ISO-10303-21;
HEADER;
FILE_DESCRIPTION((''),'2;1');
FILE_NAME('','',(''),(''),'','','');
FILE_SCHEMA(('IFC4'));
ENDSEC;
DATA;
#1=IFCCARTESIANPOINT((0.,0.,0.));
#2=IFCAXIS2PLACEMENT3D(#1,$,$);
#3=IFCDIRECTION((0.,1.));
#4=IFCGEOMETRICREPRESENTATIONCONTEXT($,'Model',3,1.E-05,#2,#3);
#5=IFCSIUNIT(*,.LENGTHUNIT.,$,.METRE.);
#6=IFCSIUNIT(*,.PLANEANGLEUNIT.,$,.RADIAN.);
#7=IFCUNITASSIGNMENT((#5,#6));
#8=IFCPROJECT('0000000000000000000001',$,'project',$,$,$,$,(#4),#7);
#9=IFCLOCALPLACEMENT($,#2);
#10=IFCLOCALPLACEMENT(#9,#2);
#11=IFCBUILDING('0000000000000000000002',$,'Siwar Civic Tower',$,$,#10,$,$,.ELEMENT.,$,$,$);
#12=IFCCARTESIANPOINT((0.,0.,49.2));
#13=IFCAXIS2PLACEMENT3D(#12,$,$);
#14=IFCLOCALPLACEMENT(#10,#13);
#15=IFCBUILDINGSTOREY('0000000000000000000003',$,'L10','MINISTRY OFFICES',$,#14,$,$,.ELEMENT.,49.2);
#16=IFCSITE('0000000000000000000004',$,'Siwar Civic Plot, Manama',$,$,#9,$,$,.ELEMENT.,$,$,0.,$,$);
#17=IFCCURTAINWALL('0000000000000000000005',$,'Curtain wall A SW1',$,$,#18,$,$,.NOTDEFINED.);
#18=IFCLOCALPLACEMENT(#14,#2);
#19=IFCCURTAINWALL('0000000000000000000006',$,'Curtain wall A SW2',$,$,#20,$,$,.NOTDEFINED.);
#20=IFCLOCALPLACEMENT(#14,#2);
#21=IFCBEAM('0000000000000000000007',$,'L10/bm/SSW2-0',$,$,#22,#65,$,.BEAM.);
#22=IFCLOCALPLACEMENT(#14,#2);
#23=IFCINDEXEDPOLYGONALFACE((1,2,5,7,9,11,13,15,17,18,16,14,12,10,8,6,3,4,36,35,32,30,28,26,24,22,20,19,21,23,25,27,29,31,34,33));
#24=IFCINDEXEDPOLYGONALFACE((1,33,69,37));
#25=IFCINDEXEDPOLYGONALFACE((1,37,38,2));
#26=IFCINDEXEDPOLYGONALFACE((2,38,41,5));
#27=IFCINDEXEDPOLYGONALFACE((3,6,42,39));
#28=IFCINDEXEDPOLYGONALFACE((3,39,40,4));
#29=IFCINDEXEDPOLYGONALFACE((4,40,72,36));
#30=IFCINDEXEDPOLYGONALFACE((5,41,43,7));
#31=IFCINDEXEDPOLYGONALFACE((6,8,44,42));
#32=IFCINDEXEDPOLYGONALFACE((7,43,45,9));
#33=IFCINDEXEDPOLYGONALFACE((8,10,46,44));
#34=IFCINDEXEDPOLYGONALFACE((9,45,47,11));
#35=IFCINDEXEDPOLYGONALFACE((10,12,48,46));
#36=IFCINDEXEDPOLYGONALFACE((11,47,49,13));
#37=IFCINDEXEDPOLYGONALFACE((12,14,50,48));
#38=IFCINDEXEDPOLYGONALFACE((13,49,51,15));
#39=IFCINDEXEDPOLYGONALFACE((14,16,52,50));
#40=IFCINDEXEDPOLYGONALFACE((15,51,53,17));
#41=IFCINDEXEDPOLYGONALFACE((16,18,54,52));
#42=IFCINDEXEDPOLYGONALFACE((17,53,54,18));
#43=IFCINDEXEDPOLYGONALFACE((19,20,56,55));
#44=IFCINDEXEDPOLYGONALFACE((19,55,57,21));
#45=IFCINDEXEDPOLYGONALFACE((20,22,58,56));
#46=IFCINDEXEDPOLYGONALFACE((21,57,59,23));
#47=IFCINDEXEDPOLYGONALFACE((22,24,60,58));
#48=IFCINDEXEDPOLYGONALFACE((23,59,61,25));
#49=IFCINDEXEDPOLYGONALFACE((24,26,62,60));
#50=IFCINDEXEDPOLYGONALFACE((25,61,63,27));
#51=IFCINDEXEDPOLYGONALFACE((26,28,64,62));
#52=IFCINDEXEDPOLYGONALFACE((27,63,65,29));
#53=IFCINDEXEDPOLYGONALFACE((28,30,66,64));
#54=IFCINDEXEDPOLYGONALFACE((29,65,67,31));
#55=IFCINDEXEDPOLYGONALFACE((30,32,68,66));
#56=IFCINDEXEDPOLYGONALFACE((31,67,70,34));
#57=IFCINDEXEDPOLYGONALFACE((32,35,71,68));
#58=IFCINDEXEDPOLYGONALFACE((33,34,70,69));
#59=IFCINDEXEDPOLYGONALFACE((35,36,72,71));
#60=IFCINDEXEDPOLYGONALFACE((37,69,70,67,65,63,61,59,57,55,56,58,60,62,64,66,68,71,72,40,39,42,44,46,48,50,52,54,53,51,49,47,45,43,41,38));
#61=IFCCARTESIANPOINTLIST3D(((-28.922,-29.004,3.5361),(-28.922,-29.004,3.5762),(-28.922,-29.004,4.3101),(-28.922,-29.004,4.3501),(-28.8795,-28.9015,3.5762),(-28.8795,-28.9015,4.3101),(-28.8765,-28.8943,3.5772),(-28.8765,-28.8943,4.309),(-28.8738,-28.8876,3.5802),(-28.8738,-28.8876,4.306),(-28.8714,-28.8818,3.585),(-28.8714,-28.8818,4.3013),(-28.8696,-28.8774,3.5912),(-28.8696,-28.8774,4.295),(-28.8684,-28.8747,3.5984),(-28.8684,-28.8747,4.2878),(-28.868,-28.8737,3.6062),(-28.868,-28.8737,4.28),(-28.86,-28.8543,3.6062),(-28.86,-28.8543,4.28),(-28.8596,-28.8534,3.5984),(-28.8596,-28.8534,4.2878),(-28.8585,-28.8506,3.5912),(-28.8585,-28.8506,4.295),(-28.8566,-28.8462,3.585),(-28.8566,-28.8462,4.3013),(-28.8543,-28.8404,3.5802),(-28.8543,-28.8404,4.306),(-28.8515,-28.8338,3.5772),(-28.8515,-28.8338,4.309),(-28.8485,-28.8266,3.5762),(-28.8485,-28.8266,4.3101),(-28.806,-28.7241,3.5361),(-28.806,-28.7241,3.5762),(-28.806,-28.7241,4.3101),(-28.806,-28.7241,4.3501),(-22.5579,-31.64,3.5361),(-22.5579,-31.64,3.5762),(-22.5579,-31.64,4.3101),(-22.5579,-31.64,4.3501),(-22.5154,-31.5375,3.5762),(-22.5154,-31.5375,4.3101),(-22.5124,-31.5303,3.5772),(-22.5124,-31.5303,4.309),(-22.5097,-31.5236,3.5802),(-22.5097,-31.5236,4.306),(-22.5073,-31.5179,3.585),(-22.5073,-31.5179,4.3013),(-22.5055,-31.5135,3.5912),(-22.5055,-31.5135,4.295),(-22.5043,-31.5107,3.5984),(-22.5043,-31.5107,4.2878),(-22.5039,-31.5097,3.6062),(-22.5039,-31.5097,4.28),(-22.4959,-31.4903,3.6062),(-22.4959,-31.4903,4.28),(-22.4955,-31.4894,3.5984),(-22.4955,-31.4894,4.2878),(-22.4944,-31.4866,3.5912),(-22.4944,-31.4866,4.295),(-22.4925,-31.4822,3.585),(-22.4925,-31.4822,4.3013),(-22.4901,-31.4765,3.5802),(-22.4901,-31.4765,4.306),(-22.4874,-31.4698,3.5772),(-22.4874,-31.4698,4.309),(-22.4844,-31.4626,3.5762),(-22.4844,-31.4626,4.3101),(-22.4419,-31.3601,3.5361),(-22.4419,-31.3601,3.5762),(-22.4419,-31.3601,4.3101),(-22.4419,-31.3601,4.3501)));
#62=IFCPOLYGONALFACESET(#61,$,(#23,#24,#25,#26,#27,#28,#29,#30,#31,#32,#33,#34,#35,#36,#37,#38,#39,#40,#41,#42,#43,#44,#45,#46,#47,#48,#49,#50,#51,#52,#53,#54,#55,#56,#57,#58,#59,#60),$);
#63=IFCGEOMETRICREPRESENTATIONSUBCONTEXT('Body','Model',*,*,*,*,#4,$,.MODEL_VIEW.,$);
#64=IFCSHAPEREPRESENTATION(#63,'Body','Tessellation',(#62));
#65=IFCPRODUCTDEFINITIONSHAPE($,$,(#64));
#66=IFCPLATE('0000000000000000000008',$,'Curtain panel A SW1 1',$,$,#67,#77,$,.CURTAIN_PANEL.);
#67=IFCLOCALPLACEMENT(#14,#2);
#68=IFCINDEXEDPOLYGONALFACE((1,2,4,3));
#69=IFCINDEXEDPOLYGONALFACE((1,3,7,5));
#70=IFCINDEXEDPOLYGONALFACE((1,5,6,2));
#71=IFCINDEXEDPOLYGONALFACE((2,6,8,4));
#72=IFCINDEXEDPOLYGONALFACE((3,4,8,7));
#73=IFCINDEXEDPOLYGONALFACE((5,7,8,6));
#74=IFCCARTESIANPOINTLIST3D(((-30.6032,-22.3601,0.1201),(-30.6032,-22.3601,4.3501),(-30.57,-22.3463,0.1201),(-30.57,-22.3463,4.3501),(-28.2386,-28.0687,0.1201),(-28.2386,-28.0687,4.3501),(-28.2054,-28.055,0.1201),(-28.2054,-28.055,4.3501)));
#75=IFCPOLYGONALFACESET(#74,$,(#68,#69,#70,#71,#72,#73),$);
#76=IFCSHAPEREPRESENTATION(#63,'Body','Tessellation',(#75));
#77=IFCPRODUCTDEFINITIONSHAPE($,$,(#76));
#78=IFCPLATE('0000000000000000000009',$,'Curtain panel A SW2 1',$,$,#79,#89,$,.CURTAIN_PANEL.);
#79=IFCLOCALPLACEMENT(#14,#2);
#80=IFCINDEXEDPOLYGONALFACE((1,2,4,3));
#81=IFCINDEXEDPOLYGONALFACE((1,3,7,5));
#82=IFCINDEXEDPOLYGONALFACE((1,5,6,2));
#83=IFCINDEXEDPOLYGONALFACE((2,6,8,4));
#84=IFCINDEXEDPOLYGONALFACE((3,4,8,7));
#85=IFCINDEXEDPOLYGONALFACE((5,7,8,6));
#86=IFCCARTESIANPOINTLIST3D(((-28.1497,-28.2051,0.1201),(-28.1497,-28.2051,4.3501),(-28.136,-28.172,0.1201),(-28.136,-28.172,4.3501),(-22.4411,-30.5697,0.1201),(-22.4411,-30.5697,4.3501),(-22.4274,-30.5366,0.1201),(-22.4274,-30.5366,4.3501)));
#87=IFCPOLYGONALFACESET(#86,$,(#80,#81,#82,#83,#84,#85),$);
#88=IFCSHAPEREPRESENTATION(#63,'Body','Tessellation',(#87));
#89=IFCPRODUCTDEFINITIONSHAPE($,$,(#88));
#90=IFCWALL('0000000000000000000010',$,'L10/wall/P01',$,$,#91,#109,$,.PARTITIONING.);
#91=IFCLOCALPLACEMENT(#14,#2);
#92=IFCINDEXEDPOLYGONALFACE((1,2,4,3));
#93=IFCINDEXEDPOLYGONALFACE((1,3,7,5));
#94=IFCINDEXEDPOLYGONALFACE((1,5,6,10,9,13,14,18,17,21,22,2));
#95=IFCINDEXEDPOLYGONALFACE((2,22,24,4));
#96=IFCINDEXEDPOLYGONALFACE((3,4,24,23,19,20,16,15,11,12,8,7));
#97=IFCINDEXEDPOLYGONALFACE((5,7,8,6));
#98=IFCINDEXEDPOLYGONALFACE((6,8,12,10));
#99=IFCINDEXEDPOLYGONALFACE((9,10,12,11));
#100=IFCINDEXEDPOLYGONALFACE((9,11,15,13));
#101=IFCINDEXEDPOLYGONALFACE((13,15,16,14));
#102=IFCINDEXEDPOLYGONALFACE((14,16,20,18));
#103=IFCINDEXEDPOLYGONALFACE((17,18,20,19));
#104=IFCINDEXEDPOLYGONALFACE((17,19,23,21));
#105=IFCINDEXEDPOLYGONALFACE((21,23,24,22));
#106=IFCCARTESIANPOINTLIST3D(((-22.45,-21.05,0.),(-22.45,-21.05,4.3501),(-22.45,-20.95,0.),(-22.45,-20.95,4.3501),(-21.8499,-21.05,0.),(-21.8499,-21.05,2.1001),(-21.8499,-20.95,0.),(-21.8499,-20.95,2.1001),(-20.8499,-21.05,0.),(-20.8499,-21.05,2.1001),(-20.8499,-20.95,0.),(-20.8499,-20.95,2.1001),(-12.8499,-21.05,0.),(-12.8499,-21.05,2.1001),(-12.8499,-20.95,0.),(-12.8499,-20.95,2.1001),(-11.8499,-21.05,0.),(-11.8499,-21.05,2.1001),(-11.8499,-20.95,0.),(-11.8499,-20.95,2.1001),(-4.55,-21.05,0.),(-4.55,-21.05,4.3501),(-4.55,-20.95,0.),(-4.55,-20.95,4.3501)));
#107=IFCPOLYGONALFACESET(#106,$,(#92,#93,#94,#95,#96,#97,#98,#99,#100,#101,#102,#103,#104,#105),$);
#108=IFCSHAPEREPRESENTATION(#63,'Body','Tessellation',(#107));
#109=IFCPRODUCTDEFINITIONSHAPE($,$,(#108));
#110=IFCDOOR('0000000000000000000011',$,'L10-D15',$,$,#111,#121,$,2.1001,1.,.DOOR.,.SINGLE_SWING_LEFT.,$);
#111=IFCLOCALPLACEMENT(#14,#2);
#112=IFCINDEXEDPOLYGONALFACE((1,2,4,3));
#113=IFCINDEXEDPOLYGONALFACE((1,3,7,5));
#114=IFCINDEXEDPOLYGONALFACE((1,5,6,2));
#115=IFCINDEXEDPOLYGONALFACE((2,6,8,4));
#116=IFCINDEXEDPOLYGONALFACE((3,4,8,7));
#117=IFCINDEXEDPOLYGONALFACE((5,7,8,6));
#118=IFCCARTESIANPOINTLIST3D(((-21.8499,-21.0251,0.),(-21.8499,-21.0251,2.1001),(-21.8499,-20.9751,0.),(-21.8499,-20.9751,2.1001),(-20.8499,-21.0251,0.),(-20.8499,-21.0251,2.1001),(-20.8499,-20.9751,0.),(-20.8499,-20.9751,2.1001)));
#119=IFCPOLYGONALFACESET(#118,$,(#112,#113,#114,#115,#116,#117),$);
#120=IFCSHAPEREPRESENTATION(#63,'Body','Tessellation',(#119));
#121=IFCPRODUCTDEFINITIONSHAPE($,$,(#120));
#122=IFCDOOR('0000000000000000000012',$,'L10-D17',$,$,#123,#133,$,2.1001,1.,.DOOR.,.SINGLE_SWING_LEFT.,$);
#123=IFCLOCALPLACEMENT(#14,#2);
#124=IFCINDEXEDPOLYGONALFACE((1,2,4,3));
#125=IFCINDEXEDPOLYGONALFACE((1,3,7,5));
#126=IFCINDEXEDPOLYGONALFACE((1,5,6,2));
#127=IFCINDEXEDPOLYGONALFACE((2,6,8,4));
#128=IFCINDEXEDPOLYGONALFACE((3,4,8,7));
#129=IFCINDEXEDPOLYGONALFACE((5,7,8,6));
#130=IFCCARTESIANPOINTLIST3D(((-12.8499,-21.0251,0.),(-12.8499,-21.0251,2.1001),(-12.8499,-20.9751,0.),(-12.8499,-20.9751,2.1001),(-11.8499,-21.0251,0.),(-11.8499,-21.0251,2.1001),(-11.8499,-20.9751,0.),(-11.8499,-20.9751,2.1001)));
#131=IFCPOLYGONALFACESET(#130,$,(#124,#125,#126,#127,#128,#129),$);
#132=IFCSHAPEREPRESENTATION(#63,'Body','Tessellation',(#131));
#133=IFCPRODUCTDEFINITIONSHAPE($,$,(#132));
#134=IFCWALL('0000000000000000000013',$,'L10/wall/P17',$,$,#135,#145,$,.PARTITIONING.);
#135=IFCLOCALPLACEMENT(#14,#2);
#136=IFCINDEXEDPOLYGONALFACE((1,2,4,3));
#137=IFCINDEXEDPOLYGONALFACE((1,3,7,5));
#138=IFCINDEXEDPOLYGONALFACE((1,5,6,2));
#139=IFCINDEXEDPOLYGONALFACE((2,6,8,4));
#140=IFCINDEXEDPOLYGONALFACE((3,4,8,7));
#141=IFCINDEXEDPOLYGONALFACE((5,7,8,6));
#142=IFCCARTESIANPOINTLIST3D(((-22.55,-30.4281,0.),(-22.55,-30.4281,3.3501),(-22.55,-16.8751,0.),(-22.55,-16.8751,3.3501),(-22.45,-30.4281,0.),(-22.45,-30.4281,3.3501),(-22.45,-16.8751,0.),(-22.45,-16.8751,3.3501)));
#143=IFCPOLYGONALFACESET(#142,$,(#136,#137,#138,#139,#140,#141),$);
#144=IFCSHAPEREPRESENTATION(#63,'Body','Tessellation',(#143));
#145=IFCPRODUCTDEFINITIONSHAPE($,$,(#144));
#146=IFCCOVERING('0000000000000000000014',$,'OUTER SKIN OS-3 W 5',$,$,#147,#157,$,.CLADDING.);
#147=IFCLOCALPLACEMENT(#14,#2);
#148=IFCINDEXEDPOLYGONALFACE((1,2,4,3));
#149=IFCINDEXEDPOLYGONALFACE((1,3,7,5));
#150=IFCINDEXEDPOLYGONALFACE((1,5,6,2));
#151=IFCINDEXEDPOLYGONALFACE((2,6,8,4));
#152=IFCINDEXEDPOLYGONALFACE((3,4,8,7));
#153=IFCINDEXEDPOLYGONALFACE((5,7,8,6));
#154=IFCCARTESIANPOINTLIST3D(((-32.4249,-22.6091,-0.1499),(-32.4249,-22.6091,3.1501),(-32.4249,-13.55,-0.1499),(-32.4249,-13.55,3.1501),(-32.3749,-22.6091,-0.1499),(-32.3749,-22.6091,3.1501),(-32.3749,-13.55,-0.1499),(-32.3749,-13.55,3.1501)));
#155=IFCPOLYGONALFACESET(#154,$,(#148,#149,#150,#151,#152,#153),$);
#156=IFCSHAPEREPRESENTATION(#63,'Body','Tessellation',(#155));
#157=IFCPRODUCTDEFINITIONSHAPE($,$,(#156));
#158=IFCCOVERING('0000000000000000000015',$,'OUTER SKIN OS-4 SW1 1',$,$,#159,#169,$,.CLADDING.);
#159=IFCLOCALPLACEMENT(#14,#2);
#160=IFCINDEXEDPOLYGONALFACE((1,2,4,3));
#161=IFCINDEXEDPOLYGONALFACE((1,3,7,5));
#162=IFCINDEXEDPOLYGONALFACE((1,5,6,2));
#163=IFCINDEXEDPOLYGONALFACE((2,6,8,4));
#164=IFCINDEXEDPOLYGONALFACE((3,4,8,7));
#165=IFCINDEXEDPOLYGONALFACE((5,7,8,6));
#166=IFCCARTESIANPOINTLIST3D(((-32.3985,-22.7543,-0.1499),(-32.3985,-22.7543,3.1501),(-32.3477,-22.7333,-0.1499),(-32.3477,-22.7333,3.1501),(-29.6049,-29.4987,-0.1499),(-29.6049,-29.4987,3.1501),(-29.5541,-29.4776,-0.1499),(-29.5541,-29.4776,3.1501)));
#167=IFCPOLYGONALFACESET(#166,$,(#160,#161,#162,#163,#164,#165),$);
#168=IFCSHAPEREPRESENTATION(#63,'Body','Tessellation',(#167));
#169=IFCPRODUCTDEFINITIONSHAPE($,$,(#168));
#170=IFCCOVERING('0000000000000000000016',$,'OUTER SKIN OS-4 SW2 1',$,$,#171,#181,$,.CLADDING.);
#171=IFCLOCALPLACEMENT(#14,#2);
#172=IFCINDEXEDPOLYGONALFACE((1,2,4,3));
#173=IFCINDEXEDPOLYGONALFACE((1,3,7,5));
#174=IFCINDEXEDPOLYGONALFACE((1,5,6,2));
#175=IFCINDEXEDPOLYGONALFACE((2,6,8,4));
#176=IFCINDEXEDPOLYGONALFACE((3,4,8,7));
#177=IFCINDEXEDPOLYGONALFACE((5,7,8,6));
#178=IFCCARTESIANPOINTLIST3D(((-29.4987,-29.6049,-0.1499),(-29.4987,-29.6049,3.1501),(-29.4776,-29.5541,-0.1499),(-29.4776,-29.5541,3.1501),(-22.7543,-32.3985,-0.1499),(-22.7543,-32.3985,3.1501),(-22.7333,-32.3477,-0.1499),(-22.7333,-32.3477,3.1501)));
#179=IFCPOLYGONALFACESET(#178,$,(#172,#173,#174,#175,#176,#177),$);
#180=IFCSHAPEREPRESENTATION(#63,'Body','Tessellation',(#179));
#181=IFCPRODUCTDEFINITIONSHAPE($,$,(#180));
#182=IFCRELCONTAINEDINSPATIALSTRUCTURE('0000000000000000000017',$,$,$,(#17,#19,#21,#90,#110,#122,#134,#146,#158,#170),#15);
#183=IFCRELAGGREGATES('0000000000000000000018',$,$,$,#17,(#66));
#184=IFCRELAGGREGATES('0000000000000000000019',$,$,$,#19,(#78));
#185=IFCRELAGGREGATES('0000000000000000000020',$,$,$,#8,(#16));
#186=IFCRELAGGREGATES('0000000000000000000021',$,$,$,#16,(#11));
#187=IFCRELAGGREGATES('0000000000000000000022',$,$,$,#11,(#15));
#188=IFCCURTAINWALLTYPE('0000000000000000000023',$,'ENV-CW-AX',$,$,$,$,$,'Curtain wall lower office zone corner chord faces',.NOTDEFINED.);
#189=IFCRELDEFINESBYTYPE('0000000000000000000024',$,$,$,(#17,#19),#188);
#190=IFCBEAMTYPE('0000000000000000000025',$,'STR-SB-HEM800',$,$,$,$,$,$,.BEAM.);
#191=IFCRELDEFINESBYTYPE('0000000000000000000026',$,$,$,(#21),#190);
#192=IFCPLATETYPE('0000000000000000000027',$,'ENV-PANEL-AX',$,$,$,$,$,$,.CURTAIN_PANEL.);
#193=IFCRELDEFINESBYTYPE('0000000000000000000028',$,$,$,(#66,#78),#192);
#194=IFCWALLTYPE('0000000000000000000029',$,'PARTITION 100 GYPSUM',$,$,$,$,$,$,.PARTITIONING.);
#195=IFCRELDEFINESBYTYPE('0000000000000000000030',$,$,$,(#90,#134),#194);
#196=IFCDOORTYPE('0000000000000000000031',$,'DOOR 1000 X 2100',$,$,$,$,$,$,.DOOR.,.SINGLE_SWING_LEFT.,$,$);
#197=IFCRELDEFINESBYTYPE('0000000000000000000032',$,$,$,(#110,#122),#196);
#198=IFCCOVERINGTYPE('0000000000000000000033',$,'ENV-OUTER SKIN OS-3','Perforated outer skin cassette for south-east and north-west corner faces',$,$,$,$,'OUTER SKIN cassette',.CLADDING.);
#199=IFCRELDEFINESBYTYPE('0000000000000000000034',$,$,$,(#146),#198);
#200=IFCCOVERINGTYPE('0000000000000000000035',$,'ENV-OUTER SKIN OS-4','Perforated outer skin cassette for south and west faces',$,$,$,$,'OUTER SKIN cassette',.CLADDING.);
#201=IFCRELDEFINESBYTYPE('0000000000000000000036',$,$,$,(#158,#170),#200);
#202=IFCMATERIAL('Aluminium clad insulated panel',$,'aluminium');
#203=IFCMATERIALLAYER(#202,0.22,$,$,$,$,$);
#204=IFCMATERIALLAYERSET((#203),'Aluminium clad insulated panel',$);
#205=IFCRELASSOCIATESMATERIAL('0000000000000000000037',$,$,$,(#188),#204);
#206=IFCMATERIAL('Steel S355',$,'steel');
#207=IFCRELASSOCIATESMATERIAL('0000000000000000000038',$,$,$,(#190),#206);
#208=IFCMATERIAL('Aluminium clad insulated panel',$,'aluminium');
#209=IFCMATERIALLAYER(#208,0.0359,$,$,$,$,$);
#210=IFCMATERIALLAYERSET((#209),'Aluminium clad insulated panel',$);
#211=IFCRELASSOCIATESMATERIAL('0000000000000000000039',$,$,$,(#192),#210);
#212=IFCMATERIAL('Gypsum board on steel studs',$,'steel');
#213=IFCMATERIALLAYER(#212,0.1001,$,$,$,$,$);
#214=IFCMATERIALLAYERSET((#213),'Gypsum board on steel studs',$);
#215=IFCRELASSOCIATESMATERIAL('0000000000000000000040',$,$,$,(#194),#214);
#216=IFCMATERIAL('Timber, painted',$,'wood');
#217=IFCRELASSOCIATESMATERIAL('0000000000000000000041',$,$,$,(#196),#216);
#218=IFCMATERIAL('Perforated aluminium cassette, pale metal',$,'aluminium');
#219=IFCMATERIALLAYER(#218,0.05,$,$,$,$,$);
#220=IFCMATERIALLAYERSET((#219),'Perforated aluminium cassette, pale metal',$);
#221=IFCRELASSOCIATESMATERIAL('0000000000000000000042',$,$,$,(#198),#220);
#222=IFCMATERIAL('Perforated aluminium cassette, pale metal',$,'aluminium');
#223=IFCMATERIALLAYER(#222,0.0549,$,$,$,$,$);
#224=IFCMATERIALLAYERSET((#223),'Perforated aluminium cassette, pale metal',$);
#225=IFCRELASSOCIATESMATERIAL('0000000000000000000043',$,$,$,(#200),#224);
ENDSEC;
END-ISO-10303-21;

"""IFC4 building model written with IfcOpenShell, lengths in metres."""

from ifc_helpers import new_model, si_unit, direction, frame, frame_2d, origin, origin_2d, place, context, subcontext, project, spatial, rectangle, i_section, extrude, material, layer, layer_set, material_profile, profile_set, type_object, element, fill, aggregate, save


model = new_model("IFC4")

# Units and contexts
model_context = context("Model", 3, precision=1e-05, world=origin(), true_north=direction((0.0, 1.0)))
body_context = subcontext(model_context, "Body", "Model", "MODEL_VIEW")
ifc_project = project(units=[si_unit("LENGTHUNIT", "METRE"), si_unit("PLANEANGLEUNIT", "RADIAN")], contexts=[model_context])

# Site, building, storey
site_placement = place(None, origin())
site = spatial("IfcSite", under=ifc_project, at=site_placement, Name="Siwar Civic Plot, Manama", CompositionType="ELEMENT", RefElevation=0.0)
building_placement = place(site_placement, origin())
building = spatial("IfcBuilding", under=site, at=building_placement, Name="Siwar Civic Tower", CompositionType="ELEMENT")
storey_placement = place(building_placement, frame((0.0, 0.0, 49.2)))
storey = spatial("IfcBuildingStorey", under=building, at=storey_placement, Name="L10", Description="MINISTRY OFFICES", CompositionType="ELEMENT", Elevation=49.2)

# Curtain walls
ifc_material_1 = material(Name="Aluminium clad insulated panel", Category="aluminium")
ifc_layer_1 = layer(ifc_material_1, 0.22)
ifc_layer_set_1 = layer_set([ifc_layer_1], Name="Aluminium clad insulated panel")
curtain_wall_type = type_object("IfcCurtainWallType", Name="ENV-CW-AX", ElementType="Curtain wall lower office zone corner chord faces", PredefinedType="NOTDEFINED", material=ifc_layer_set_1)
curtain_wall_1_placement = place(storey_placement, origin())
curtain_wall_1 = element("IfcCurtainWall", 1, at=curtain_wall_1_placement, inside=storey, type_object=curtain_wall_type, Name="Curtain wall A SW1", PredefinedType="NOTDEFINED")
curtain_wall_2_placement = place(storey_placement, origin())
curtain_wall_2 = element("IfcCurtainWall", 2, at=curtain_wall_2_placement, inside=storey, type_object=curtain_wall_type, Name="Curtain wall A SW2", PredefinedType="NOTDEFINED")

# Beam
ifc_material_2 = material(Name="Steel S355", Category="steel")
ifc_material_profile_1 = material_profile(ifc_material_2, i_section(OverallWidth=0.303, OverallDepth=0.814, WebThickness=0.021, FlangeThickness=0.04, FilletRadius=0.03, at=origin_2d()), Name="HEM800")
ifc_profile_set_1 = profile_set([ifc_material_profile_1], Name="Steel S355")
beam_type_1 = type_object("IfcBeamType", Name="STR-SB-HEM800", PredefinedType="BEAM", material=ifc_profile_set_1)
for number, where, z_axis, x_axis, name in (
    (3, (-28.864, -28.864, 3.9431), (0.923883, -0.382674, 0.0), (0.382674, 0.923883, 0.0), "L10/bm/SSW2-0"),
):
    element("IfcBeam", number, at=place(storey_placement, frame(where, z_axis=z_axis, x_axis=x_axis)), inside=storey, type_object=beam_type_1, Name=name, PredefinedType="BEAM", context=body_context, shape_type="SweptSolid", body=[
        extrude(i_section(OverallWidth=0.303, OverallDepth=0.814, WebThickness=0.021, FlangeThickness=0.04, FilletRadius=0.03, at=origin_2d()), origin(), (0.0, 0.0, 1.0), 6.8884),
    ])

# Plates
ifc_material_3 = material(Name="Aluminium clad insulated panel", Category="aluminium")
ifc_layer_2 = layer(ifc_material_3, 0.0359)
ifc_layer_set_2 = layer_set([ifc_layer_2], Name="Aluminium clad insulated panel")
plate_type = type_object("IfcPlateType", Name="ENV-PANEL-AX", PredefinedType="CURTAIN_PANEL", material=ifc_layer_set_2)
plate_1_placement = place(storey_placement, frame((-29.4043, -25.2075, 0.1201), z_axis=(0.0, 0.0, 1.0), x_axis=(0.382683, -0.92388, 0.0)))
plate_1 = element("IfcPlate", 4, at=plate_1_placement, type_object=plate_type, Name="Curtain panel A SW1 1", PredefinedType="CURTAIN_PANEL", context=body_context, shape_type="SweptSolid", body=[
    extrude(rectangle(XDim=6.179, YDim=0.0359, at=origin_2d()), origin(), (0.0, 0.0, 1.0), 4.23),
])
aggregate(curtain_wall_1, [plate_1])
plate_2_placement = place(storey_placement, frame((-25.2886, -29.3708, 0.1201), z_axis=(0.0, 0.0, 1.0), x_axis=(0.92388, -0.382683, 0.0)))
plate_2 = element("IfcPlate", 5, at=plate_2_placement, type_object=plate_type, Name="Curtain panel A SW2 1", PredefinedType="CURTAIN_PANEL", context=body_context, shape_type="SweptSolid", body=[
    extrude(rectangle(XDim=6.179, YDim=0.0359, at=origin_2d()), origin(), (0.0, 0.0, 1.0), 4.23),
])
aggregate(curtain_wall_2, [plate_2])

# Wall, openings, doors
ifc_material_4 = material(Name="Gypsum board on steel studs", Category="steel")
ifc_layer_3 = layer(ifc_material_4, 0.1001)
ifc_layer_set_3 = layer_set([ifc_layer_3], Name="Gypsum board on steel studs")
wall_type = type_object("IfcWallType", Name="PARTITION 100 GYPSUM", PredefinedType="PARTITIONING", material=ifc_layer_set_3)
wall_1_placement = place(storey_placement, frame((-22.45, -21.0, 0.0), z_axis=(0.0, 0.0, 1.0), x_axis=(1.0, 0.0, 0.0)))
wall_1 = element("IfcWall", 6, at=wall_1_placement, inside=storey, type_object=wall_type, Name="L10/wall/P01", PredefinedType="PARTITIONING", context=body_context, shape_type="SweptSolid", body=[
    extrude(rectangle(XDim=17.8999, YDim=0.1001, at=frame_2d((8.95, 0.0))), origin(), (0.0, 0.0, 1.0), 4.3501),
])
opening_1_placement = place(wall_1_placement, frame((0.6001, 0.0, 0.0)))
opening_1 = element("IfcOpeningElement", 7, at=opening_1_placement, cuts=wall_1, PredefinedType="OPENING", context=body_context, shape_type="SweptSolid", body=[
    extrude(rectangle(XDim=1.0, YDim=2.1001, at=frame_2d((0.5, 1.05))), frame((0.0, 0.0601, 0.0), z_axis=(0.0, -1.0, 0.0), x_axis=(1.0, 0.0, 0.0)), (0.0, 0.0, 1.0), 0.1201),
])
opening_2_placement = place(wall_1_placement, frame((9.6001, 0.0, 0.0)))
opening_2 = element("IfcOpeningElement", 8, at=opening_2_placement, cuts=wall_1, PredefinedType="OPENING", context=body_context, shape_type="SweptSolid", body=[
    extrude(rectangle(XDim=1.0, YDim=2.1001, at=frame_2d((0.5, 1.05))), frame((0.0, 0.0601, 0.0), z_axis=(0.0, -1.0, 0.0), x_axis=(1.0, 0.0, 0.0)), (0.0, 0.0, 1.0), 0.1201),
])
ifc_material_5 = material(Name="Timber, painted", Category="wood")
door_type = type_object("IfcDoorType", Name="DOOR 1000 X 2100", OperationType="SINGLE_SWING_LEFT", PredefinedType="DOOR", material=ifc_material_5)
door_1_placement = place(opening_1_placement, origin())
door_1 = element("IfcDoor", 9, at=door_1_placement, inside=storey, type_object=door_type, Name="L10-D15", OperationType="SINGLE_SWING_LEFT", OverallHeight=2.1001, OverallWidth=1.0, PredefinedType="DOOR", context=body_context, shape_type="SweptSolid", body=[
    extrude(rectangle(XDim=1.0, YDim=2.1001, at=frame_2d((0.5, 1.05))), frame((0.0, 0.0249, 0.0), z_axis=(0.0, -1.0, 0.0), x_axis=(1.0, 0.0, 0.0)), (0.0, 0.0, 1.0), 0.05),
])
fill(opening_1, door_1)
door_2_placement = place(opening_2_placement, origin())
door_2 = element("IfcDoor", 10, at=door_2_placement, inside=storey, type_object=door_type, Name="L10-D17", OperationType="SINGLE_SWING_LEFT", OverallHeight=2.1001, OverallWidth=1.0, PredefinedType="DOOR", context=body_context, shape_type="SweptSolid", body=[
    extrude(rectangle(XDim=1.0, YDim=2.1001, at=frame_2d((0.5, 1.05))), frame((0.0, 0.0249, 0.0), z_axis=(0.0, -1.0, 0.0), x_axis=(1.0, 0.0, 0.0)), (0.0, 0.0, 1.0), 0.05),
])
fill(opening_2, door_2)

# Wall
wall_2_placement = place(storey_placement, frame((-22.5, -30.428, 0.0), z_axis=(0.0, 0.0, 1.0), x_axis=(0.0, 1.0, 0.0)))
element("IfcWall", 11, at=wall_2_placement, inside=storey, type_object=wall_type, Name="L10/wall/P17", PredefinedType="PARTITIONING", context=body_context, shape_type="SweptSolid", body=[
    extrude(rectangle(XDim=13.553, YDim=0.1001, at=frame_2d((6.7764, 0.0))), origin(), (0.0, 0.0, 1.0), 3.3501),
])

# Coverings
ifc_material_6 = material(Name="Perforated aluminium cassette, pale metal", Category="aluminium")
ifc_layer_4 = layer(ifc_material_6, 0.05)
ifc_layer_set_4 = layer_set([ifc_layer_4], Name="Perforated aluminium cassette, pale metal")
covering_type_1 = type_object("IfcCoveringType", Name="ENV-OUTER SKIN OS-3", Description="Perforated outer skin cassette for south-east and north-west corner faces", ElementType="OUTER SKIN cassette", PredefinedType="CLADDING", material=ifc_layer_set_4)
covering_placement = place(storey_placement, frame((-32.3999, -18.0796, -0.1499), z_axis=(0.0, 0.0, 1.0), x_axis=(0.0, -1.0, 0.0)))
element("IfcCovering", 12, at=covering_placement, inside=storey, type_object=covering_type_1, Name="OUTER SKIN OS-3 W 5", PredefinedType="CLADDING", context=body_context, shape_type="SweptSolid", body=[
    extrude(rectangle(XDim=9.0591, YDim=0.05, at=origin_2d()), origin(), (0.0, 0.0, 1.0), 3.3),
])
ifc_material_7 = material(Name="Perforated aluminium cassette, pale metal", Category="aluminium")
ifc_layer_5 = layer(ifc_material_7, 0.0549)
ifc_layer_set_5 = layer_set([ifc_layer_5], Name="Perforated aluminium cassette, pale metal")
covering_type_2 = type_object("IfcCoveringType", Name="ENV-OUTER SKIN OS-4", Description="Perforated outer skin cassette for south and west faces", ElementType="OUTER SKIN cassette", PredefinedType="CLADDING", material=ifc_layer_set_5)
for number, where, z_axis, x_axis, name in (
    (13, (-30.9763, -26.116, -0.1499), (0.0, 0.0, 1.0), (0.382683, -0.92388, 0.0), "OUTER SKIN OS-4 SW1 1"),
    (14, (-26.116, -30.9763, -0.1499), (0.0, 0.0, 1.0), (0.92388, -0.382683, 0.0), "OUTER SKIN OS-4 SW2 1"),
):
    element("IfcCovering", number, at=place(storey_placement, frame(where, z_axis=z_axis, x_axis=x_axis)), inside=storey, type_object=covering_type_2, Name=name, PredefinedType="CLADDING", context=body_context, shape_type="SweptSolid", body=[
        extrude(rectangle(XDim=7.3, YDim=0.0549, at=origin_2d()), origin(), (0.0, 0.0, 1.0), 3.3),
    ])

save(model, "model.ifc")
